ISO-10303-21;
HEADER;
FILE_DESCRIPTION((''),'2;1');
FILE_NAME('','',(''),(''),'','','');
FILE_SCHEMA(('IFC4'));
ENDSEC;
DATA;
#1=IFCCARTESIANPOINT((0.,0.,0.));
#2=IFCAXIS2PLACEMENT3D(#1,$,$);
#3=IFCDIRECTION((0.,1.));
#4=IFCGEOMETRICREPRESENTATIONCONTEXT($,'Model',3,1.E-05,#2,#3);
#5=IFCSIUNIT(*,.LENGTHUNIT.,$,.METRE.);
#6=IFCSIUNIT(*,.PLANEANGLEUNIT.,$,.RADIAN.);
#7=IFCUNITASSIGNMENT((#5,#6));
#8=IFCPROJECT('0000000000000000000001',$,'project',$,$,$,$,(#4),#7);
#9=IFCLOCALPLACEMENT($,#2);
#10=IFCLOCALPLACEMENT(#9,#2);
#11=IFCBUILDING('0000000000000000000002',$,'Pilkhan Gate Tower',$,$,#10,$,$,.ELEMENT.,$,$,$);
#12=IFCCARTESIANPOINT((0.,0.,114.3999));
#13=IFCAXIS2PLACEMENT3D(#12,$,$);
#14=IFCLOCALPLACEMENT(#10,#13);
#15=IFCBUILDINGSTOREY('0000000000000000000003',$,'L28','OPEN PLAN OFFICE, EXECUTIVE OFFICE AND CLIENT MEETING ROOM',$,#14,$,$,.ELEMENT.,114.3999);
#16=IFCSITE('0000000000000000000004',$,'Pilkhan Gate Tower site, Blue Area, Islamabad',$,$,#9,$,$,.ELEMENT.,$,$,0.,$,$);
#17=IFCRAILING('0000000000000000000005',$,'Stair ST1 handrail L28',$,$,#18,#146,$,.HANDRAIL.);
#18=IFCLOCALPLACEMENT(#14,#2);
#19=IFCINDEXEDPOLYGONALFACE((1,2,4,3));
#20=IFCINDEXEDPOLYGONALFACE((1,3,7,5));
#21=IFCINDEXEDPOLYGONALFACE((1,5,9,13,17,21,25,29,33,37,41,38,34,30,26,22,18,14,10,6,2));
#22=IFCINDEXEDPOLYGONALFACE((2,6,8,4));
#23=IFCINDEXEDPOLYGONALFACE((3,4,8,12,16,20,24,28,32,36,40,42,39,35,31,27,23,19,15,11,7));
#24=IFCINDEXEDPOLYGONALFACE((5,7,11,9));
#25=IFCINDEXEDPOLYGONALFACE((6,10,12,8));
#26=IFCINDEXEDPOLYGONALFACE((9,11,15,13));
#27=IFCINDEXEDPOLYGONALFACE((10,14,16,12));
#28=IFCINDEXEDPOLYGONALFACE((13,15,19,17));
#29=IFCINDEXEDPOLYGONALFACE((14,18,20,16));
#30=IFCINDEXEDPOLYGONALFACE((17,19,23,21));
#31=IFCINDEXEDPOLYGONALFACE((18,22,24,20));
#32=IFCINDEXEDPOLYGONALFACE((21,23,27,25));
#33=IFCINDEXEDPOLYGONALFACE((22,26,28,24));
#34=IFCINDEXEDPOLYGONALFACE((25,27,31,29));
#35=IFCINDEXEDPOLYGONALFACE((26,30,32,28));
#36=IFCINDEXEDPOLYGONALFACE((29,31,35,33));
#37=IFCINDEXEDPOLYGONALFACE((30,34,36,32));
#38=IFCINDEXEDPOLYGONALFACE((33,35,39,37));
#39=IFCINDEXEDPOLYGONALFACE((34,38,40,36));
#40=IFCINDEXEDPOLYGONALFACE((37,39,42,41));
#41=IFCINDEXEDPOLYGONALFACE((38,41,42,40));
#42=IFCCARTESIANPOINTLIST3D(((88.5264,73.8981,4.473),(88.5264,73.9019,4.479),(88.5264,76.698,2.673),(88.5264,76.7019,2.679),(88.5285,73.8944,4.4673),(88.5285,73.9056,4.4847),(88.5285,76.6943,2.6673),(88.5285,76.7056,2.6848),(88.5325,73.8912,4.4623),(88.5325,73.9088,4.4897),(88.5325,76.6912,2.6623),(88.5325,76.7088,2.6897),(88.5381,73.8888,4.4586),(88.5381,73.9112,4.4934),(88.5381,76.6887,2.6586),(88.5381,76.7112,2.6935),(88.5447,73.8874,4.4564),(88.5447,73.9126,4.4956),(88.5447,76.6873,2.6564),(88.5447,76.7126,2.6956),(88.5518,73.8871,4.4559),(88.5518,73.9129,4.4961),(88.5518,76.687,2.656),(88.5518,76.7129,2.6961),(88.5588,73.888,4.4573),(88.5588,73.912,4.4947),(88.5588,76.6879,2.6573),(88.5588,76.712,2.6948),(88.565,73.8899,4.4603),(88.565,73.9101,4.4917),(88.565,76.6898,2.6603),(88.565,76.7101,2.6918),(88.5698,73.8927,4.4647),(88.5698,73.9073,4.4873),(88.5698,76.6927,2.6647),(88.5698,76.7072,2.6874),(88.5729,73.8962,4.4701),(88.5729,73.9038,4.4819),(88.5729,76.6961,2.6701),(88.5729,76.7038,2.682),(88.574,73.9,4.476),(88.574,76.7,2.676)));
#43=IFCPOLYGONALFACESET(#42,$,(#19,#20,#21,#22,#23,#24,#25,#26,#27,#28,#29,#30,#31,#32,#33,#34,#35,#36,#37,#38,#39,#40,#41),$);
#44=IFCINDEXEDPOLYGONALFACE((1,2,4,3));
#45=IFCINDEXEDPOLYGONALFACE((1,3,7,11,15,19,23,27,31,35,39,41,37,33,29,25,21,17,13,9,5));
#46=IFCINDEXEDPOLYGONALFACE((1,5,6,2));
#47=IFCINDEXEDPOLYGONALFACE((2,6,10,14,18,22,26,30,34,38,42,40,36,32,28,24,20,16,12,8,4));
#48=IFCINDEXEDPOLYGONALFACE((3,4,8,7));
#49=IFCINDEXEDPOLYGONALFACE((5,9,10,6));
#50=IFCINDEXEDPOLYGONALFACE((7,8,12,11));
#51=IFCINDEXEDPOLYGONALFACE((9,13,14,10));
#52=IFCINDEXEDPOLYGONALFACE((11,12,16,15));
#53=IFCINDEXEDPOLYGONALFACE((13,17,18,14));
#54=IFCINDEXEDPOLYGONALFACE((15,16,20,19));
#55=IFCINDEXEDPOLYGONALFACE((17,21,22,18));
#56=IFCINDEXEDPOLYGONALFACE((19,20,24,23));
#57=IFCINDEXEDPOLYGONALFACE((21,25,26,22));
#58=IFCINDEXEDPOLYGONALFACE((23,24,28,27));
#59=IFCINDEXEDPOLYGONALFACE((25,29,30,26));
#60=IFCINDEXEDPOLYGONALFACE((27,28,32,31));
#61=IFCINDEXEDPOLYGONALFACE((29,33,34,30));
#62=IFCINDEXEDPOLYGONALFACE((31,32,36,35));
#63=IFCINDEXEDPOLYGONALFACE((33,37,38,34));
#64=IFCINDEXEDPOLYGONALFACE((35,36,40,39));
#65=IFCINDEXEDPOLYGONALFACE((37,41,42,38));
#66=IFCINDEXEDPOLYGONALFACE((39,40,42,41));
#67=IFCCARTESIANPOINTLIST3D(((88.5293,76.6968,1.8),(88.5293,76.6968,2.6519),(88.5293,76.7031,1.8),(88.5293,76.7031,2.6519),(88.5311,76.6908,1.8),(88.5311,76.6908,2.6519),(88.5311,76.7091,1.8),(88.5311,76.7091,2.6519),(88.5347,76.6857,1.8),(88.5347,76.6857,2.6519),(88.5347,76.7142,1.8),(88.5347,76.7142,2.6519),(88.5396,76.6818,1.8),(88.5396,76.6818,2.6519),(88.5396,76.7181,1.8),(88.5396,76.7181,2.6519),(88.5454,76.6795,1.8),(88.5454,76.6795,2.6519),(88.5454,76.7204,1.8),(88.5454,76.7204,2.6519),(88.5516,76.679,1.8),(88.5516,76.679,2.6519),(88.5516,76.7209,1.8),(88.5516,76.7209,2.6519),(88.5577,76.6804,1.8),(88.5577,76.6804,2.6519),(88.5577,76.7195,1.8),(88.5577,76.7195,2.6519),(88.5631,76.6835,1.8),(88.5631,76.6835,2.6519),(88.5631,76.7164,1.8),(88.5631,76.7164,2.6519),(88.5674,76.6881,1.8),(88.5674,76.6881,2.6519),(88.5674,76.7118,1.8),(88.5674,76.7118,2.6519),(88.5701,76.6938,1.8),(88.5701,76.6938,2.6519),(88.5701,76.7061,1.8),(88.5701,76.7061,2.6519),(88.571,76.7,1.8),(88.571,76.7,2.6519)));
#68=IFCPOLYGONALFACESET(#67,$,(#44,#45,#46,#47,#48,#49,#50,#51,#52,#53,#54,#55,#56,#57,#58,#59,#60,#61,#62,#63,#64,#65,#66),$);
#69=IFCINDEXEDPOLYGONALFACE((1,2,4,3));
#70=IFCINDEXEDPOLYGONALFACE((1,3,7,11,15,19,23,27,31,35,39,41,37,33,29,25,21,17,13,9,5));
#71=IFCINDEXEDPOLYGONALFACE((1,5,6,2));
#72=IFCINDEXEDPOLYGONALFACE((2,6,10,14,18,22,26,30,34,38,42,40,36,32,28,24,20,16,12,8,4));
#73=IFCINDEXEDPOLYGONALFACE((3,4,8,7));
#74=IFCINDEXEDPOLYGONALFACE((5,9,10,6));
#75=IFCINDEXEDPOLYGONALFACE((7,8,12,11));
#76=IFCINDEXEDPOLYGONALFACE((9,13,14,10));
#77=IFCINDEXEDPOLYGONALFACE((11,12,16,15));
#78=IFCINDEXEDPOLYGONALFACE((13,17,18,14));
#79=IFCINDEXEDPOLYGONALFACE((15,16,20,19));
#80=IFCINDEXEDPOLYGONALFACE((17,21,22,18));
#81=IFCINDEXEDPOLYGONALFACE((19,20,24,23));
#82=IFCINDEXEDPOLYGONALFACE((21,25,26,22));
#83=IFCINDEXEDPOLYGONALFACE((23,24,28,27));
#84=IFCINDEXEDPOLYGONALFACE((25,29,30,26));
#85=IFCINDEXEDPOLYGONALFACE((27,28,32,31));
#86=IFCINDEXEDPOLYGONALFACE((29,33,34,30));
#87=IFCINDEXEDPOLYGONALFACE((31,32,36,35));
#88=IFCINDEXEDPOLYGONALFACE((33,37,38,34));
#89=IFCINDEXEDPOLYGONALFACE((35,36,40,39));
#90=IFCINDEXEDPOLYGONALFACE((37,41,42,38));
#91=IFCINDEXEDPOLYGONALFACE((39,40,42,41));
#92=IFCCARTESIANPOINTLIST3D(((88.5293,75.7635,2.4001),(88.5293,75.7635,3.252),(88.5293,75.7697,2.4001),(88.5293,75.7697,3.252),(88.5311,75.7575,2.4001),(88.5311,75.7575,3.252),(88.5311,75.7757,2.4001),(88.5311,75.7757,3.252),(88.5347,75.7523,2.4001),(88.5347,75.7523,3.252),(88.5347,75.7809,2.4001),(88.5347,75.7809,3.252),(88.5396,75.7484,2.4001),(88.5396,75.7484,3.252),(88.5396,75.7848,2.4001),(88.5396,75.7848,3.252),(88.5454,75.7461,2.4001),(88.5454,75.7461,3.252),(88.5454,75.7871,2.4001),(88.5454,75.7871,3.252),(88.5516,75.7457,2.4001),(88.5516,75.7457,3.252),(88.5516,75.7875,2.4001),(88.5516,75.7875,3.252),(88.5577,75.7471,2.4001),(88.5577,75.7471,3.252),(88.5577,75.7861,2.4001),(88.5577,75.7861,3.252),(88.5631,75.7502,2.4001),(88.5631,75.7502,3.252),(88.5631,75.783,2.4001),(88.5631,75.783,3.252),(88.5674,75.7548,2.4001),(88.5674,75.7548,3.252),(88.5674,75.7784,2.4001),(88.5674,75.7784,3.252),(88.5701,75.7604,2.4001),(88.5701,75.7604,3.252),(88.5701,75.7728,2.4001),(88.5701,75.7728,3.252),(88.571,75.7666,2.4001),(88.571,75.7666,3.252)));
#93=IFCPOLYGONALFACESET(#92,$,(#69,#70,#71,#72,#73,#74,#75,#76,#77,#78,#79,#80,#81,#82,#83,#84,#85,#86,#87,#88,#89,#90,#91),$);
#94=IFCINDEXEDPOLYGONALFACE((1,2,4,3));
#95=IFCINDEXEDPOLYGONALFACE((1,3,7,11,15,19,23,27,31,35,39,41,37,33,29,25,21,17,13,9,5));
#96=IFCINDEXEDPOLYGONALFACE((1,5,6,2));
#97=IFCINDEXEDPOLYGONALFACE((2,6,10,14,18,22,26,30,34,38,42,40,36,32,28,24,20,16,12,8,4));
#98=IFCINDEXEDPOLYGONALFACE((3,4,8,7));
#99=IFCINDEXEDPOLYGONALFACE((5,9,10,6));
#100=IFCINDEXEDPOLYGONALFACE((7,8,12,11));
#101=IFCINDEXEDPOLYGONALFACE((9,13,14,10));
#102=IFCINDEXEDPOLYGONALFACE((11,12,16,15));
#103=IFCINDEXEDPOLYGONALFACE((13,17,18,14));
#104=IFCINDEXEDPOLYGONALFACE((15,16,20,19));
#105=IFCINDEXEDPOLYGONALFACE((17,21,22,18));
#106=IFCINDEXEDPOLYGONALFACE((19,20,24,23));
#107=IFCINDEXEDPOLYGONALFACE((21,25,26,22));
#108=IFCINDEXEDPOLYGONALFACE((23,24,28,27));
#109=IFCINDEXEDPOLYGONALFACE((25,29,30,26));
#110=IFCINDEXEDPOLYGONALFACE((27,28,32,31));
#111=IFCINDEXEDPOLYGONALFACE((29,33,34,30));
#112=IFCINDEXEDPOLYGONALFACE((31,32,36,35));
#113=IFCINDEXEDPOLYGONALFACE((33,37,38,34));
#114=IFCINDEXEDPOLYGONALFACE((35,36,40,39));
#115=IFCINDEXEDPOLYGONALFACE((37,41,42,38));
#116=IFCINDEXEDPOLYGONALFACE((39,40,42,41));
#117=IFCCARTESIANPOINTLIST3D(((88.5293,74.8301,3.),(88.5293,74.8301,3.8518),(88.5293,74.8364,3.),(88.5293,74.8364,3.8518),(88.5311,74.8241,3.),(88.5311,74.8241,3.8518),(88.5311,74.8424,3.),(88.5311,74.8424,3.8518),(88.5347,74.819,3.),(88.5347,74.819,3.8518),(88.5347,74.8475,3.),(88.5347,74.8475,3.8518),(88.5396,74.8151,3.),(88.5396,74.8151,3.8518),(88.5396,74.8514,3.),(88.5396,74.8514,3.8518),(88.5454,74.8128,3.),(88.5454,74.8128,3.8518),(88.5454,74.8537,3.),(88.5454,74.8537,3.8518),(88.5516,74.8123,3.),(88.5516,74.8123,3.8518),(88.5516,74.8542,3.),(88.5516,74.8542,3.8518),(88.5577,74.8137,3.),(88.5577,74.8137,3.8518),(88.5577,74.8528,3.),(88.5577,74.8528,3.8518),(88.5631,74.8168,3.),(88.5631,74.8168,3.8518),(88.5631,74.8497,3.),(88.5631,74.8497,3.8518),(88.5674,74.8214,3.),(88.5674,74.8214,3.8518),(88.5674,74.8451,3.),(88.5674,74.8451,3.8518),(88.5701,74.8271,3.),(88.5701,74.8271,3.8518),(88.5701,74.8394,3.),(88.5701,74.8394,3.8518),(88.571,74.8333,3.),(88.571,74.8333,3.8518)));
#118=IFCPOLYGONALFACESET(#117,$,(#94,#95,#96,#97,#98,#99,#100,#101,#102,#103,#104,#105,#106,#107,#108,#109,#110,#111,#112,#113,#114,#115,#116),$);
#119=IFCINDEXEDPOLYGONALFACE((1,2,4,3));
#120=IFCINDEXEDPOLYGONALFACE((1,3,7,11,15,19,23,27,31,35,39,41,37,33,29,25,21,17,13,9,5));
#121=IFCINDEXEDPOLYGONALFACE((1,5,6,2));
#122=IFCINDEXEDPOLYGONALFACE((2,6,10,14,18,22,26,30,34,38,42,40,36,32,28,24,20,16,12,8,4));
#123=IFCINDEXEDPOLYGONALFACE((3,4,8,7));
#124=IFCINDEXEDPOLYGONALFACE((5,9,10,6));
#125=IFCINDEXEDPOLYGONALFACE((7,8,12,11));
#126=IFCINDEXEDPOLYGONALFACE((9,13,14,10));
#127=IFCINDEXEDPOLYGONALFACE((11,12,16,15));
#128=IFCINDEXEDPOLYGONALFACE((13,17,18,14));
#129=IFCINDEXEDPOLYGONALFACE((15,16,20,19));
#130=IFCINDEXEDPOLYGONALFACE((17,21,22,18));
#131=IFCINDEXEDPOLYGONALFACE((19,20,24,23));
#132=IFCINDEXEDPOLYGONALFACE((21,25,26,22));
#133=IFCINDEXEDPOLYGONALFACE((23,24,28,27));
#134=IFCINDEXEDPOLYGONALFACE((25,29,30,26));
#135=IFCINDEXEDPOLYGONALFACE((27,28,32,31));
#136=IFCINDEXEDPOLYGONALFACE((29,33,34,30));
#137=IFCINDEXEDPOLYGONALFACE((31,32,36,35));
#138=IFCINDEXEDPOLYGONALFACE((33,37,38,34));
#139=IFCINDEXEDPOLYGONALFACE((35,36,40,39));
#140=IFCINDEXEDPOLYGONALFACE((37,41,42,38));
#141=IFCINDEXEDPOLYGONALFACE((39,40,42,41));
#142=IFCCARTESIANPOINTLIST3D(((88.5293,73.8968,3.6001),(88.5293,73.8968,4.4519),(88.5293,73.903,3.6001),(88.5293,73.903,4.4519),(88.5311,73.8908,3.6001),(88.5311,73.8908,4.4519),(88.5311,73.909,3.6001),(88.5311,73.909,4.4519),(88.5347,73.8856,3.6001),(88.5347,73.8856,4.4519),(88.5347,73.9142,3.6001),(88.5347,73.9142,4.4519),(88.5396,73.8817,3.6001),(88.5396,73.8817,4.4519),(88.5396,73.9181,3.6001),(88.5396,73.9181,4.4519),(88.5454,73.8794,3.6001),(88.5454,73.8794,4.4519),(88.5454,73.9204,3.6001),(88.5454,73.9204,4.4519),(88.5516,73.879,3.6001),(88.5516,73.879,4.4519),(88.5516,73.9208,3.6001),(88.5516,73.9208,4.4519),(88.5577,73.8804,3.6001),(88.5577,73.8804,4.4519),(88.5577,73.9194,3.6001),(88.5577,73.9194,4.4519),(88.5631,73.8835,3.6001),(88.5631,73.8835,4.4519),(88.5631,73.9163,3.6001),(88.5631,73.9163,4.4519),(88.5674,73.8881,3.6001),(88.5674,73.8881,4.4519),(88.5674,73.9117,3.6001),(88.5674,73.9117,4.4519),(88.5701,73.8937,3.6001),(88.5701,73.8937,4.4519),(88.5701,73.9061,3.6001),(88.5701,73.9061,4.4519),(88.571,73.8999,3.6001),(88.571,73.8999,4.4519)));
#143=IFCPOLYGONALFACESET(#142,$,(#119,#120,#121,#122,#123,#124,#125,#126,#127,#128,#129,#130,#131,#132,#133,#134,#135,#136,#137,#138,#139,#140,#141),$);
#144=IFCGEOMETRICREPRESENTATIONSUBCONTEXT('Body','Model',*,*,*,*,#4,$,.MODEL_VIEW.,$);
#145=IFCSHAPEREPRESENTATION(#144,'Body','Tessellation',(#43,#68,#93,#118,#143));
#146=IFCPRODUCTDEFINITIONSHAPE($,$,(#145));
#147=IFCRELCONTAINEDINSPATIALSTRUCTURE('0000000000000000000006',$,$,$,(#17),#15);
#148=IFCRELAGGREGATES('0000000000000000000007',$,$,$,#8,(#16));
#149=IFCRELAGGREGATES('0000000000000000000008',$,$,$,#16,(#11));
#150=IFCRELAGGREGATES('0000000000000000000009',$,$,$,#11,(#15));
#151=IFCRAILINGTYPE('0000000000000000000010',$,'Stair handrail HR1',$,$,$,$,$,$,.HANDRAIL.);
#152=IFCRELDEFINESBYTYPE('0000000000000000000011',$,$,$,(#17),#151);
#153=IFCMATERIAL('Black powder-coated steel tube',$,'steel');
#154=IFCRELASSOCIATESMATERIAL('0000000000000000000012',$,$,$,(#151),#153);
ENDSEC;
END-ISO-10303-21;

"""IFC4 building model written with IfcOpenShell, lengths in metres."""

from ifc_helpers import new_model, si_unit, direction, frame, origin, origin_2d, place, context, subcontext, project, spatial, circle, extrude, material, type_object, element, save


model = new_model("IFC4")

# Units and contexts
model_context = context("Model", 3, precision=1e-05, world=origin(), true_north=direction((0.0, 1.0)))
body_context = subcontext(model_context, "Body", "Model", "MODEL_VIEW")
ifc_project = project(units=[si_unit("LENGTHUNIT", "METRE"), si_unit("PLANEANGLEUNIT", "RADIAN")], contexts=[model_context])

# Site, building, storey
site_placement = place(None, origin())
site = spatial("IfcSite", under=ifc_project, at=site_placement, Name="Pilkhan Gate Tower site, Blue Area, Islamabad", CompositionType="ELEMENT", RefElevation=0.0)
building_placement = place(site_placement, origin())
building = spatial("IfcBuilding", under=site, at=building_placement, Name="Pilkhan Gate Tower", CompositionType="ELEMENT")
storey_placement = place(building_placement, frame((0.0, 0.0, 114.3999)))
storey = spatial("IfcBuildingStorey", under=building, at=storey_placement, Name="L28", Description="OPEN PLAN OFFICE, EXECUTIVE OFFICE AND CLIENT MEETING ROOM", CompositionType="ELEMENT", Elevation=114.3999)

# Railing
ifc_material_1 = material(Name="Black powder-coated steel tube", Category="steel")
railing_type_1 = type_object("IfcRailingType", Name="Stair handrail HR1", PredefinedType="HANDRAIL", material=ifc_material_1)
railing_1_placement = place(storey_placement, frame((88.55, 76.7, 1.8)))
element("IfcRailing", 1, at=railing_1_placement, inside=storey, type_object=railing_type_1, Name="Stair ST1 handrail L28", PredefinedType="HANDRAIL", context=body_context, shape_type="SweptSolid", body=[
    extrude(circle(Radius=0.0239, at=origin_2d()), frame((0.0, 0.0, 0.876), z_axis=(0.0, -0.841176, 0.540761), x_axis=(1.0, 0.0, 0.0)), (0.0, 0.0, 1.0), 3.3286),
    extrude(circle(Radius=0.021, at=origin_2d()), origin(), (0.0, 0.0, 1.0), 0.8518),
    extrude(circle(Radius=0.021, at=origin_2d()), frame((0.0, -0.9333, 0.6001)), (0.0, 0.0, 1.0), 0.8518),
    extrude(circle(Radius=0.021, at=origin_2d()), frame((0.0, -1.8667, 1.2)), (0.0, 0.0, 1.0), 0.8518),
    extrude(circle(Radius=0.021, at=origin_2d()), frame((0.0, -2.8, 1.8)), (0.0, 0.0, 1.0), 0.8518),
])

save(model, "model.ifc")
